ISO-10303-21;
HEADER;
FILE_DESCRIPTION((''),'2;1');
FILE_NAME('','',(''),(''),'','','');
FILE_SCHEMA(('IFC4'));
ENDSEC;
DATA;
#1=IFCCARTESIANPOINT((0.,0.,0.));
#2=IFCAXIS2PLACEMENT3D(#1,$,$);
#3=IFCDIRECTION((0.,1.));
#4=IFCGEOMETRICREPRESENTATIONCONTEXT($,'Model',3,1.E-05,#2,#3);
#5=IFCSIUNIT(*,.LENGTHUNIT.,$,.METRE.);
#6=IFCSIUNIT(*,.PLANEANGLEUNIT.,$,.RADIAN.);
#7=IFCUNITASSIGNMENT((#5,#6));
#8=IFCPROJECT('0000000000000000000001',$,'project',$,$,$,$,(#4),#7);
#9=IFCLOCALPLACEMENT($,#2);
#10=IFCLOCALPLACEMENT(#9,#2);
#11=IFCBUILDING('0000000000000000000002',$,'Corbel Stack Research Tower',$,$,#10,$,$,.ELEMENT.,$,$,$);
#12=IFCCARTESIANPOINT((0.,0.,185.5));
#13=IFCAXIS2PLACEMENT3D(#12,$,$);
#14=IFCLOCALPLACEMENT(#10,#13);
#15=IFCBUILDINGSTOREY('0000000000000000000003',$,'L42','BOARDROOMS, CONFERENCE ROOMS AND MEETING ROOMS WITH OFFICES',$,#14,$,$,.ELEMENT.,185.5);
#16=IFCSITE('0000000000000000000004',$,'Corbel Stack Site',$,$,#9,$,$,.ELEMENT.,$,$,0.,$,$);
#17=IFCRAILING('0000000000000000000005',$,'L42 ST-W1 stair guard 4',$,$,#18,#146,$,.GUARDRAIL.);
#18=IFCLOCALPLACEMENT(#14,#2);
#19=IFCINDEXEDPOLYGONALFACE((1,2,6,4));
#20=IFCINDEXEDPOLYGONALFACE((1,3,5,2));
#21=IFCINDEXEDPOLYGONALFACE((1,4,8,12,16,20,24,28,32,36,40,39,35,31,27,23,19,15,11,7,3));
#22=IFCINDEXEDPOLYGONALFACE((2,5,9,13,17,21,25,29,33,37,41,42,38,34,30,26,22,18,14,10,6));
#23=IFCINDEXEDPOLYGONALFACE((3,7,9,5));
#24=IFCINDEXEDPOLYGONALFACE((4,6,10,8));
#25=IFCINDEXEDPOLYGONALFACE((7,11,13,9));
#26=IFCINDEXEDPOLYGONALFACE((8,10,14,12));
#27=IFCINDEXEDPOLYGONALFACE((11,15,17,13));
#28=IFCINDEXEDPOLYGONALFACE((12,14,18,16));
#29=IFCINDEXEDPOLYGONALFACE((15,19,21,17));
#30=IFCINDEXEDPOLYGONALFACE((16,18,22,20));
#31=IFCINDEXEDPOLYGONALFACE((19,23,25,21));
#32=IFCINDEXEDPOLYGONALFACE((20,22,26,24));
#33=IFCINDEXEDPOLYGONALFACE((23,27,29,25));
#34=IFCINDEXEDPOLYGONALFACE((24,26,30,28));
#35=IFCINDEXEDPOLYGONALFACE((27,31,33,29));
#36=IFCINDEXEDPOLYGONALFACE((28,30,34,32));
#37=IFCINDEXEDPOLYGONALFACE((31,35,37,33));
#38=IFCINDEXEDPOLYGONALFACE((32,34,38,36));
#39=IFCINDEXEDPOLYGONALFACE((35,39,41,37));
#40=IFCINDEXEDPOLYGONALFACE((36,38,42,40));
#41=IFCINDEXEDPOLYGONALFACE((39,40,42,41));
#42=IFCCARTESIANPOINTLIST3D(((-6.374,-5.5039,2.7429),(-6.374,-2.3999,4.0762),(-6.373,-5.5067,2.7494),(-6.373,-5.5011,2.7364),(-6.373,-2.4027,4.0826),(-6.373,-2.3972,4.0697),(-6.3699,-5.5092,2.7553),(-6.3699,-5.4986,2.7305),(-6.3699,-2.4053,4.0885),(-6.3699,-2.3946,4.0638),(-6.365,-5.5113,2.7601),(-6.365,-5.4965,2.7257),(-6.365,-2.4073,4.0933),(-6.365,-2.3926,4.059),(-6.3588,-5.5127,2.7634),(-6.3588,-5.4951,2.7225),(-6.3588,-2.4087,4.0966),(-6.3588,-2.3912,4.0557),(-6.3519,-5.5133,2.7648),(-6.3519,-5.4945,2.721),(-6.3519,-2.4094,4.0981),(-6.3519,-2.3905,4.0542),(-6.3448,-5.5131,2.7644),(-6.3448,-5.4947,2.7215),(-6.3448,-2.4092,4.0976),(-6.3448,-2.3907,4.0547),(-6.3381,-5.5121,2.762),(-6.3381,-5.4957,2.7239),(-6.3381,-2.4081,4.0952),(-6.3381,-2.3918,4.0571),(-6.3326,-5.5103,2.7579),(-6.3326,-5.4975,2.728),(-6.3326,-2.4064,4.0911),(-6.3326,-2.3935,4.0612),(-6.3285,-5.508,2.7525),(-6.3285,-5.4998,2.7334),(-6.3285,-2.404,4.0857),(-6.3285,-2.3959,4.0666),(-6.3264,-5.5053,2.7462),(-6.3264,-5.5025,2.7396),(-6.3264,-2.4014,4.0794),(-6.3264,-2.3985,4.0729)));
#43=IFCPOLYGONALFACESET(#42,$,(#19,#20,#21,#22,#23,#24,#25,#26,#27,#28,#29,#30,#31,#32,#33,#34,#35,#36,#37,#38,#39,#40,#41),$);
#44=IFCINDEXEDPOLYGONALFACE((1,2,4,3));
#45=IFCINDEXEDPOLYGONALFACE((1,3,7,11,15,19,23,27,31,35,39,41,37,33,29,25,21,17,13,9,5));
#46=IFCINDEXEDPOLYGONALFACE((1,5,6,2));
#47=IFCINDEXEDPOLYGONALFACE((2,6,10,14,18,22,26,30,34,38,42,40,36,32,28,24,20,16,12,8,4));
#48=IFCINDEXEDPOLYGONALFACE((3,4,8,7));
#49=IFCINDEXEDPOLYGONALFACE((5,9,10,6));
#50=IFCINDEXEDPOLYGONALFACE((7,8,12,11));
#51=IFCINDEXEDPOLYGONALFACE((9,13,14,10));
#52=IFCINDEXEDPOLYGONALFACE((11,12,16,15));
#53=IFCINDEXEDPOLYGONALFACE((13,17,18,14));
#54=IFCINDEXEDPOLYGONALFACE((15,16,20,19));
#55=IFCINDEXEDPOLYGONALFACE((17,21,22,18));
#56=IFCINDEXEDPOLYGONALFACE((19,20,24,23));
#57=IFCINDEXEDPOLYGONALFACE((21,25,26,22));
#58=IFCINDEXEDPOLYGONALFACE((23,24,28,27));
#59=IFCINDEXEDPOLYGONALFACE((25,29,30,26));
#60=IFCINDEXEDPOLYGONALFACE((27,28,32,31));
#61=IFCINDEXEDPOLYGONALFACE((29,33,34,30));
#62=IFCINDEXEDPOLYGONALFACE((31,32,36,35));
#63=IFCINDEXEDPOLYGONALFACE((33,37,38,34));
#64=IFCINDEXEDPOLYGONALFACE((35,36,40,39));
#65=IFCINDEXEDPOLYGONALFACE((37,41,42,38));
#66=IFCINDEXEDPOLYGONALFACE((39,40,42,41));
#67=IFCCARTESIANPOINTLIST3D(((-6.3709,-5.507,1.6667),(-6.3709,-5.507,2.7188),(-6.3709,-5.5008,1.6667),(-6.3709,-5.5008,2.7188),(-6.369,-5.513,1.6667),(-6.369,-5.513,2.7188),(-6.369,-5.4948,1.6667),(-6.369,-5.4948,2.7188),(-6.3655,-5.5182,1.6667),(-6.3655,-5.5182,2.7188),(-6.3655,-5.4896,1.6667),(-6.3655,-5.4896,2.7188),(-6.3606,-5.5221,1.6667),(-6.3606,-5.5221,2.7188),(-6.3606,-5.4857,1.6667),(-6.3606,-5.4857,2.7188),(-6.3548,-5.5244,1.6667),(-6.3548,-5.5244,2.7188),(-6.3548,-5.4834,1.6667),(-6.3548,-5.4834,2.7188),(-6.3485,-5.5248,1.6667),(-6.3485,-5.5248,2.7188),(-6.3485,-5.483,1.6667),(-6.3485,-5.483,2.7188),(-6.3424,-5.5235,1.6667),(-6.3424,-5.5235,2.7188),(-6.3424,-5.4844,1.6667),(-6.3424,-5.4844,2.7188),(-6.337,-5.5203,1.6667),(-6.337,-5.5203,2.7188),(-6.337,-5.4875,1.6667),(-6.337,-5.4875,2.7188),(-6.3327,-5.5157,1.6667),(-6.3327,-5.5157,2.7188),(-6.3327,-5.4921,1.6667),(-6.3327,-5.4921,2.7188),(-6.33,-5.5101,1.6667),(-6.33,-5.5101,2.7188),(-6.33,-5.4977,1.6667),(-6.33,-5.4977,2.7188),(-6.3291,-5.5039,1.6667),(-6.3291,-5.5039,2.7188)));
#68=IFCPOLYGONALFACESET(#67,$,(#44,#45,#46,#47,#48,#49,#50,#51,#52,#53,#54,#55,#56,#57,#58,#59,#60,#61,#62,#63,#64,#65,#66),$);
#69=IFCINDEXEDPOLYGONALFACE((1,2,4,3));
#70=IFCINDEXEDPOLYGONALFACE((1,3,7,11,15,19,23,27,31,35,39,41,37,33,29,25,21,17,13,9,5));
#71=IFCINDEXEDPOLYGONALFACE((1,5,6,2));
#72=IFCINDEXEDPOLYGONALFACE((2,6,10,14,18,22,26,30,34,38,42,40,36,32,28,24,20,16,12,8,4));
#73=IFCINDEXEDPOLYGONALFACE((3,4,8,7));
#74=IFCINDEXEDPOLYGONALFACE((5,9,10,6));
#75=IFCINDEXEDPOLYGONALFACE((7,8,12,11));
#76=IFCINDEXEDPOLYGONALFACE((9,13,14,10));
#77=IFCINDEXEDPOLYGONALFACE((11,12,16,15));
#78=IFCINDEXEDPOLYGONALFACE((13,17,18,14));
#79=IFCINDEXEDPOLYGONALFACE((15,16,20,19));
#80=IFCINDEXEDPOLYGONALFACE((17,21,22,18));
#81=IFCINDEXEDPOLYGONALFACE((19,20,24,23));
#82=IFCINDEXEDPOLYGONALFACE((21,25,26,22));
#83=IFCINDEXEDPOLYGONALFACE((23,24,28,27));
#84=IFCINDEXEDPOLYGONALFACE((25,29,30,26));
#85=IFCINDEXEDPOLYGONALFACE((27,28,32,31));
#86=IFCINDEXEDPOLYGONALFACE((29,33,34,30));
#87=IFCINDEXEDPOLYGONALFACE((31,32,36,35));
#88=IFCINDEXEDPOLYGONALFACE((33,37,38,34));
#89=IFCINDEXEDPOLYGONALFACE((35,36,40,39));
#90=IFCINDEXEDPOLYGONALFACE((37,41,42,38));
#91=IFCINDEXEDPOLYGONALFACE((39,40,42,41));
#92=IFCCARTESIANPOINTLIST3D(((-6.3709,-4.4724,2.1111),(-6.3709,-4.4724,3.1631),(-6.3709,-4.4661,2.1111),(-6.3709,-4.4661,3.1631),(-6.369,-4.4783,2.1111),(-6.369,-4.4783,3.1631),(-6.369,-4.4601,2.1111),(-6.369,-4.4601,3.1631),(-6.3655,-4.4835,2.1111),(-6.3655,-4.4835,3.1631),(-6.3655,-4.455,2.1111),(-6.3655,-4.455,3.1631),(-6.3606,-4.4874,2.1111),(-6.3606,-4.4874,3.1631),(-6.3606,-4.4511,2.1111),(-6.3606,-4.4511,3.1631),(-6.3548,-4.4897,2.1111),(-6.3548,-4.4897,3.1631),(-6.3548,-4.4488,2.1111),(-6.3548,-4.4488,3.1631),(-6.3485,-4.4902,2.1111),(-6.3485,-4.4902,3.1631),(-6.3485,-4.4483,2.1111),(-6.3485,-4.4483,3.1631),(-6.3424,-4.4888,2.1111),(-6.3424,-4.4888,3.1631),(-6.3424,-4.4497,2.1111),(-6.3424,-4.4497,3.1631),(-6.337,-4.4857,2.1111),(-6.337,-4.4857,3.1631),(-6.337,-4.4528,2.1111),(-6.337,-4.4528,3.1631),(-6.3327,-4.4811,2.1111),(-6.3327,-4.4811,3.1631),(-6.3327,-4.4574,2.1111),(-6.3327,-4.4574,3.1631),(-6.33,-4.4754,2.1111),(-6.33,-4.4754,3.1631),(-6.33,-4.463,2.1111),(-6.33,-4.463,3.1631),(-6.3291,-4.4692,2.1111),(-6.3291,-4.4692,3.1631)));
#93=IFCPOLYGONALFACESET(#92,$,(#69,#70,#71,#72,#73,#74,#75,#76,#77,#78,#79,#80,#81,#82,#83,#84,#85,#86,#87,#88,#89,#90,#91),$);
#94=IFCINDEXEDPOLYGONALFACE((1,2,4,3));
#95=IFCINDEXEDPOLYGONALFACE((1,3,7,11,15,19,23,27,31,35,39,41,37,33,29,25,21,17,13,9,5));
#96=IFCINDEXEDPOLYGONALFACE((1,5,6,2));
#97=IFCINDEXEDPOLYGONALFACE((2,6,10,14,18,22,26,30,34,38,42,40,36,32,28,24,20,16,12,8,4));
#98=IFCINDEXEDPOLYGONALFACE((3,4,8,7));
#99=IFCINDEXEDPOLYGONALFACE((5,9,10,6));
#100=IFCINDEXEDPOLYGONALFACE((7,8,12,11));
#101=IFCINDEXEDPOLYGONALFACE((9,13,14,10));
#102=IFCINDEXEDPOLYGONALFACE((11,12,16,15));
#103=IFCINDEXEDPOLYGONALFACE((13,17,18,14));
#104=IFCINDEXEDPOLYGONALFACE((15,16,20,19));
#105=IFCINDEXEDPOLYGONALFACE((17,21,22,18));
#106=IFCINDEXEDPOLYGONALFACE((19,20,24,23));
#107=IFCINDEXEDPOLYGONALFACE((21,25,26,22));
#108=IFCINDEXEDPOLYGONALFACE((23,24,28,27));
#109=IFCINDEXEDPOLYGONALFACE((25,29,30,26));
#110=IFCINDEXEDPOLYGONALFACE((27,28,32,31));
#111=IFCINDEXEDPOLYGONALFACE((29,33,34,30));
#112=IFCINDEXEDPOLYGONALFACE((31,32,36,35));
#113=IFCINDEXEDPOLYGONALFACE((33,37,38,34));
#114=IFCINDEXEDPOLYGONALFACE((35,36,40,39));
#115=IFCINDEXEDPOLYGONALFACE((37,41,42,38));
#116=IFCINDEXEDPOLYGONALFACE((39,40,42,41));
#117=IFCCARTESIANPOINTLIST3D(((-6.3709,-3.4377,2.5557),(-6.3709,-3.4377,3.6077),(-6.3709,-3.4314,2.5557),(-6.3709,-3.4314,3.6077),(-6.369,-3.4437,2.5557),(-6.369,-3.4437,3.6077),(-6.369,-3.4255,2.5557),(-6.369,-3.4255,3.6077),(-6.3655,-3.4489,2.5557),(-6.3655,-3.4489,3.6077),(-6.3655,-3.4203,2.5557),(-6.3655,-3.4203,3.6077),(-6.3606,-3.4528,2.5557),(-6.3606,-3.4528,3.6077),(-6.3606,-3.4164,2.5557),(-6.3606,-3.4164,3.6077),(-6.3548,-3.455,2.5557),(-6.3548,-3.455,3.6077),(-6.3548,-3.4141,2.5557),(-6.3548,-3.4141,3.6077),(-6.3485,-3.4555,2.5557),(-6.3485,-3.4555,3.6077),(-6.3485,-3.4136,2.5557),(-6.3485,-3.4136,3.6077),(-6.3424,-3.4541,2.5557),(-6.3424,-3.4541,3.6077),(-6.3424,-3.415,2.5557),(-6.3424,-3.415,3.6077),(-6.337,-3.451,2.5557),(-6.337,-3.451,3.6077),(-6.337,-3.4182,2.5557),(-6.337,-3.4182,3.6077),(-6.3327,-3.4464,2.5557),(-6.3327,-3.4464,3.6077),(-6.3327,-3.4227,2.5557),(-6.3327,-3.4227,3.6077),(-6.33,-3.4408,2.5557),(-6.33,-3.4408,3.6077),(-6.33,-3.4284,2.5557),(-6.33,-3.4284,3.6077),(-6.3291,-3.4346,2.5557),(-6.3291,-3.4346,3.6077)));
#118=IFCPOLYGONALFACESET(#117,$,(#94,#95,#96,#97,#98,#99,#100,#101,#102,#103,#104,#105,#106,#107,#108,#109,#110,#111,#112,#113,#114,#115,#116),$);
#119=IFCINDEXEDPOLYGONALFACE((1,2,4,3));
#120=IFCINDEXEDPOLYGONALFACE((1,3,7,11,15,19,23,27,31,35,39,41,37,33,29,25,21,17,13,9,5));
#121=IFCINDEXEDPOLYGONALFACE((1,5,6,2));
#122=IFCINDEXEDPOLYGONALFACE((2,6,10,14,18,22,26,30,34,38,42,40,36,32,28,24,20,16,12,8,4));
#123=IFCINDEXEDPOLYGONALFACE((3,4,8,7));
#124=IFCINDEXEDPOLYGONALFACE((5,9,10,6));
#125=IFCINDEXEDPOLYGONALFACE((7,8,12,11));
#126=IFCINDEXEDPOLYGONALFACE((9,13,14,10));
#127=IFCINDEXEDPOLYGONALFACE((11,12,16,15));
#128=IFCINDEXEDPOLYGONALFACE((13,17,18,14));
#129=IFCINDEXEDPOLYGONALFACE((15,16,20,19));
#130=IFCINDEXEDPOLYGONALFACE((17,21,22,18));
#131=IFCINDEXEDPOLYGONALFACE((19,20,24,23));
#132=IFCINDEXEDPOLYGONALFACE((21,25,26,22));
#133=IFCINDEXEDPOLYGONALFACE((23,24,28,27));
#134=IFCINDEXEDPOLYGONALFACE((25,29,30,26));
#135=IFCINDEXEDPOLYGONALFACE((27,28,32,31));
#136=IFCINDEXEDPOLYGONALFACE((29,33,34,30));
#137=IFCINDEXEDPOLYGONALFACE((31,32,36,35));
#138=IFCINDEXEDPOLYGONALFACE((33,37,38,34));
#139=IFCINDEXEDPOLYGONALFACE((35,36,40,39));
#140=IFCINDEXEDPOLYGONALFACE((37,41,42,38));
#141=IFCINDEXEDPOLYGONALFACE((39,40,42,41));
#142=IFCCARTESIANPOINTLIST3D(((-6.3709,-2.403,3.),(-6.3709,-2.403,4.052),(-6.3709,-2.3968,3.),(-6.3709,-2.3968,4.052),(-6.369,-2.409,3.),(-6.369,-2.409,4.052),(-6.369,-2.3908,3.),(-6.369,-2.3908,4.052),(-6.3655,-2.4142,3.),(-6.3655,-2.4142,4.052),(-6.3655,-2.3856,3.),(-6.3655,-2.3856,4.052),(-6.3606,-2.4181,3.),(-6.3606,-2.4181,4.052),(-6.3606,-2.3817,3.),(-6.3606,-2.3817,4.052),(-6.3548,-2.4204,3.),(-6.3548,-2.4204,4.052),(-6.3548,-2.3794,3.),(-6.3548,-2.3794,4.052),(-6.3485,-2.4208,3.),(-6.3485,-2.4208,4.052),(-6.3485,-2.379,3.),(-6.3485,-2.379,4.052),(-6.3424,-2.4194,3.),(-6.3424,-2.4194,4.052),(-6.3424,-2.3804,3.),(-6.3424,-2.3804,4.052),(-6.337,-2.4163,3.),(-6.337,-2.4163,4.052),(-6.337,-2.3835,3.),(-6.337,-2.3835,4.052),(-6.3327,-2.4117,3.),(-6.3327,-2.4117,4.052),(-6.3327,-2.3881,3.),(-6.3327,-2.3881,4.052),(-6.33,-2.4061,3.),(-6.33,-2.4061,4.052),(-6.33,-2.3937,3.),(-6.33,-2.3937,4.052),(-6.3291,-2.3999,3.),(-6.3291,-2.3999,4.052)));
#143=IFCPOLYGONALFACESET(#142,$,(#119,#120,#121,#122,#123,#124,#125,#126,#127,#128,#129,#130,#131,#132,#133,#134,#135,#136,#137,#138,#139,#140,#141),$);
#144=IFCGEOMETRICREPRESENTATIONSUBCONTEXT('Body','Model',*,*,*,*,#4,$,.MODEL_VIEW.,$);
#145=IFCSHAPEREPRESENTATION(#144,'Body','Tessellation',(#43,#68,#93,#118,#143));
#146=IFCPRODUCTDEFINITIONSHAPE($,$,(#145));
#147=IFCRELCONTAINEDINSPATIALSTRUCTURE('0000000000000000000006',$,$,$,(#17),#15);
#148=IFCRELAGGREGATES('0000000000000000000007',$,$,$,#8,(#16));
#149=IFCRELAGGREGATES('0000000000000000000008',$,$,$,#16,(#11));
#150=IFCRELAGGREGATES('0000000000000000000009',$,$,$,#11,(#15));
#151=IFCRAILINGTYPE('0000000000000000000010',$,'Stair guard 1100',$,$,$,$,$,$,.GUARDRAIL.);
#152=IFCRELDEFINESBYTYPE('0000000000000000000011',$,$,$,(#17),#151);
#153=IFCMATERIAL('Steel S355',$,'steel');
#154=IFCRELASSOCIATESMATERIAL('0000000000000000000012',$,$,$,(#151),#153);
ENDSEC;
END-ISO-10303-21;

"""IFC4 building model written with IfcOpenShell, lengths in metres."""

from ifc_helpers import new_model, si_unit, direction, frame, origin, origin_2d, place, context, subcontext, project, spatial, circle, extrude, material, type_object, element, save


model = new_model("IFC4")

# Units and contexts
model_context = context("Model", 3, precision=1e-05, world=origin(), true_north=direction((0.0, 1.0)))
body_context = subcontext(model_context, "Body", "Model", "MODEL_VIEW")
ifc_project = project(units=[si_unit("LENGTHUNIT", "METRE"), si_unit("PLANEANGLEUNIT", "RADIAN")], contexts=[model_context])

# Site, building, storey
site_placement = place(None, origin())
site = spatial("IfcSite", under=ifc_project, at=site_placement, Name="Corbel Stack Site", CompositionType="ELEMENT", RefElevation=0.0)
building_placement = place(site_placement, origin())
building = spatial("IfcBuilding", under=site, at=building_placement, Name="Corbel Stack Research Tower", CompositionType="ELEMENT")
storey_placement = place(building_placement, frame((0.0, 0.0, 185.5)))
storey = spatial("IfcBuildingStorey", under=building, at=storey_placement, Name="L42", Description="BOARDROOMS, CONFERENCE ROOMS AND MEETING ROOMS WITH OFFICES", CompositionType="ELEMENT", Elevation=185.5)

# Railing
ifc_material_1 = material(Name="Steel S355", Category="steel")
railing_type_1 = type_object("IfcRailingType", Name="Stair guard 1100", PredefinedType="GUARDRAIL", material=ifc_material_1)
railing_1_placement = place(storey_placement, frame((-6.3501, -5.5039, 1.6667)))
element("IfcRailing", 1, at=railing_1_placement, inside=storey, type_object=railing_type_1, Name="L42 ST-W1 stair guard 4", PredefinedType="GUARDRAIL", context=body_context, shape_type="SweptSolid", body=[
    extrude(circle(Radius=0.0239, at=origin_2d()), frame((0.0, 0.0, 1.0762), z_axis=(0.0, 0.918827, 0.394661), x_axis=(-1.0, 0.0, 0.0)), (0.0, 0.0, 1.0), 3.3782),
    extrude(circle(Radius=0.021, at=origin_2d()), origin(), (0.0, 0.0, 1.0), 1.052),
    extrude(circle(Radius=0.021, at=origin_2d()), frame((0.0, 1.0347, 0.4443)), (0.0, 0.0, 1.0), 1.052),
    extrude(circle(Radius=0.021, at=origin_2d()), frame((0.0, 2.0693, 0.8889)), (0.0, 0.0, 1.0), 1.052),
    extrude(circle(Radius=0.021, at=origin_2d()), frame((0.0, 3.104, 1.3333)), (0.0, 0.0, 1.0), 1.052),
])

save(model, "model.ifc")
